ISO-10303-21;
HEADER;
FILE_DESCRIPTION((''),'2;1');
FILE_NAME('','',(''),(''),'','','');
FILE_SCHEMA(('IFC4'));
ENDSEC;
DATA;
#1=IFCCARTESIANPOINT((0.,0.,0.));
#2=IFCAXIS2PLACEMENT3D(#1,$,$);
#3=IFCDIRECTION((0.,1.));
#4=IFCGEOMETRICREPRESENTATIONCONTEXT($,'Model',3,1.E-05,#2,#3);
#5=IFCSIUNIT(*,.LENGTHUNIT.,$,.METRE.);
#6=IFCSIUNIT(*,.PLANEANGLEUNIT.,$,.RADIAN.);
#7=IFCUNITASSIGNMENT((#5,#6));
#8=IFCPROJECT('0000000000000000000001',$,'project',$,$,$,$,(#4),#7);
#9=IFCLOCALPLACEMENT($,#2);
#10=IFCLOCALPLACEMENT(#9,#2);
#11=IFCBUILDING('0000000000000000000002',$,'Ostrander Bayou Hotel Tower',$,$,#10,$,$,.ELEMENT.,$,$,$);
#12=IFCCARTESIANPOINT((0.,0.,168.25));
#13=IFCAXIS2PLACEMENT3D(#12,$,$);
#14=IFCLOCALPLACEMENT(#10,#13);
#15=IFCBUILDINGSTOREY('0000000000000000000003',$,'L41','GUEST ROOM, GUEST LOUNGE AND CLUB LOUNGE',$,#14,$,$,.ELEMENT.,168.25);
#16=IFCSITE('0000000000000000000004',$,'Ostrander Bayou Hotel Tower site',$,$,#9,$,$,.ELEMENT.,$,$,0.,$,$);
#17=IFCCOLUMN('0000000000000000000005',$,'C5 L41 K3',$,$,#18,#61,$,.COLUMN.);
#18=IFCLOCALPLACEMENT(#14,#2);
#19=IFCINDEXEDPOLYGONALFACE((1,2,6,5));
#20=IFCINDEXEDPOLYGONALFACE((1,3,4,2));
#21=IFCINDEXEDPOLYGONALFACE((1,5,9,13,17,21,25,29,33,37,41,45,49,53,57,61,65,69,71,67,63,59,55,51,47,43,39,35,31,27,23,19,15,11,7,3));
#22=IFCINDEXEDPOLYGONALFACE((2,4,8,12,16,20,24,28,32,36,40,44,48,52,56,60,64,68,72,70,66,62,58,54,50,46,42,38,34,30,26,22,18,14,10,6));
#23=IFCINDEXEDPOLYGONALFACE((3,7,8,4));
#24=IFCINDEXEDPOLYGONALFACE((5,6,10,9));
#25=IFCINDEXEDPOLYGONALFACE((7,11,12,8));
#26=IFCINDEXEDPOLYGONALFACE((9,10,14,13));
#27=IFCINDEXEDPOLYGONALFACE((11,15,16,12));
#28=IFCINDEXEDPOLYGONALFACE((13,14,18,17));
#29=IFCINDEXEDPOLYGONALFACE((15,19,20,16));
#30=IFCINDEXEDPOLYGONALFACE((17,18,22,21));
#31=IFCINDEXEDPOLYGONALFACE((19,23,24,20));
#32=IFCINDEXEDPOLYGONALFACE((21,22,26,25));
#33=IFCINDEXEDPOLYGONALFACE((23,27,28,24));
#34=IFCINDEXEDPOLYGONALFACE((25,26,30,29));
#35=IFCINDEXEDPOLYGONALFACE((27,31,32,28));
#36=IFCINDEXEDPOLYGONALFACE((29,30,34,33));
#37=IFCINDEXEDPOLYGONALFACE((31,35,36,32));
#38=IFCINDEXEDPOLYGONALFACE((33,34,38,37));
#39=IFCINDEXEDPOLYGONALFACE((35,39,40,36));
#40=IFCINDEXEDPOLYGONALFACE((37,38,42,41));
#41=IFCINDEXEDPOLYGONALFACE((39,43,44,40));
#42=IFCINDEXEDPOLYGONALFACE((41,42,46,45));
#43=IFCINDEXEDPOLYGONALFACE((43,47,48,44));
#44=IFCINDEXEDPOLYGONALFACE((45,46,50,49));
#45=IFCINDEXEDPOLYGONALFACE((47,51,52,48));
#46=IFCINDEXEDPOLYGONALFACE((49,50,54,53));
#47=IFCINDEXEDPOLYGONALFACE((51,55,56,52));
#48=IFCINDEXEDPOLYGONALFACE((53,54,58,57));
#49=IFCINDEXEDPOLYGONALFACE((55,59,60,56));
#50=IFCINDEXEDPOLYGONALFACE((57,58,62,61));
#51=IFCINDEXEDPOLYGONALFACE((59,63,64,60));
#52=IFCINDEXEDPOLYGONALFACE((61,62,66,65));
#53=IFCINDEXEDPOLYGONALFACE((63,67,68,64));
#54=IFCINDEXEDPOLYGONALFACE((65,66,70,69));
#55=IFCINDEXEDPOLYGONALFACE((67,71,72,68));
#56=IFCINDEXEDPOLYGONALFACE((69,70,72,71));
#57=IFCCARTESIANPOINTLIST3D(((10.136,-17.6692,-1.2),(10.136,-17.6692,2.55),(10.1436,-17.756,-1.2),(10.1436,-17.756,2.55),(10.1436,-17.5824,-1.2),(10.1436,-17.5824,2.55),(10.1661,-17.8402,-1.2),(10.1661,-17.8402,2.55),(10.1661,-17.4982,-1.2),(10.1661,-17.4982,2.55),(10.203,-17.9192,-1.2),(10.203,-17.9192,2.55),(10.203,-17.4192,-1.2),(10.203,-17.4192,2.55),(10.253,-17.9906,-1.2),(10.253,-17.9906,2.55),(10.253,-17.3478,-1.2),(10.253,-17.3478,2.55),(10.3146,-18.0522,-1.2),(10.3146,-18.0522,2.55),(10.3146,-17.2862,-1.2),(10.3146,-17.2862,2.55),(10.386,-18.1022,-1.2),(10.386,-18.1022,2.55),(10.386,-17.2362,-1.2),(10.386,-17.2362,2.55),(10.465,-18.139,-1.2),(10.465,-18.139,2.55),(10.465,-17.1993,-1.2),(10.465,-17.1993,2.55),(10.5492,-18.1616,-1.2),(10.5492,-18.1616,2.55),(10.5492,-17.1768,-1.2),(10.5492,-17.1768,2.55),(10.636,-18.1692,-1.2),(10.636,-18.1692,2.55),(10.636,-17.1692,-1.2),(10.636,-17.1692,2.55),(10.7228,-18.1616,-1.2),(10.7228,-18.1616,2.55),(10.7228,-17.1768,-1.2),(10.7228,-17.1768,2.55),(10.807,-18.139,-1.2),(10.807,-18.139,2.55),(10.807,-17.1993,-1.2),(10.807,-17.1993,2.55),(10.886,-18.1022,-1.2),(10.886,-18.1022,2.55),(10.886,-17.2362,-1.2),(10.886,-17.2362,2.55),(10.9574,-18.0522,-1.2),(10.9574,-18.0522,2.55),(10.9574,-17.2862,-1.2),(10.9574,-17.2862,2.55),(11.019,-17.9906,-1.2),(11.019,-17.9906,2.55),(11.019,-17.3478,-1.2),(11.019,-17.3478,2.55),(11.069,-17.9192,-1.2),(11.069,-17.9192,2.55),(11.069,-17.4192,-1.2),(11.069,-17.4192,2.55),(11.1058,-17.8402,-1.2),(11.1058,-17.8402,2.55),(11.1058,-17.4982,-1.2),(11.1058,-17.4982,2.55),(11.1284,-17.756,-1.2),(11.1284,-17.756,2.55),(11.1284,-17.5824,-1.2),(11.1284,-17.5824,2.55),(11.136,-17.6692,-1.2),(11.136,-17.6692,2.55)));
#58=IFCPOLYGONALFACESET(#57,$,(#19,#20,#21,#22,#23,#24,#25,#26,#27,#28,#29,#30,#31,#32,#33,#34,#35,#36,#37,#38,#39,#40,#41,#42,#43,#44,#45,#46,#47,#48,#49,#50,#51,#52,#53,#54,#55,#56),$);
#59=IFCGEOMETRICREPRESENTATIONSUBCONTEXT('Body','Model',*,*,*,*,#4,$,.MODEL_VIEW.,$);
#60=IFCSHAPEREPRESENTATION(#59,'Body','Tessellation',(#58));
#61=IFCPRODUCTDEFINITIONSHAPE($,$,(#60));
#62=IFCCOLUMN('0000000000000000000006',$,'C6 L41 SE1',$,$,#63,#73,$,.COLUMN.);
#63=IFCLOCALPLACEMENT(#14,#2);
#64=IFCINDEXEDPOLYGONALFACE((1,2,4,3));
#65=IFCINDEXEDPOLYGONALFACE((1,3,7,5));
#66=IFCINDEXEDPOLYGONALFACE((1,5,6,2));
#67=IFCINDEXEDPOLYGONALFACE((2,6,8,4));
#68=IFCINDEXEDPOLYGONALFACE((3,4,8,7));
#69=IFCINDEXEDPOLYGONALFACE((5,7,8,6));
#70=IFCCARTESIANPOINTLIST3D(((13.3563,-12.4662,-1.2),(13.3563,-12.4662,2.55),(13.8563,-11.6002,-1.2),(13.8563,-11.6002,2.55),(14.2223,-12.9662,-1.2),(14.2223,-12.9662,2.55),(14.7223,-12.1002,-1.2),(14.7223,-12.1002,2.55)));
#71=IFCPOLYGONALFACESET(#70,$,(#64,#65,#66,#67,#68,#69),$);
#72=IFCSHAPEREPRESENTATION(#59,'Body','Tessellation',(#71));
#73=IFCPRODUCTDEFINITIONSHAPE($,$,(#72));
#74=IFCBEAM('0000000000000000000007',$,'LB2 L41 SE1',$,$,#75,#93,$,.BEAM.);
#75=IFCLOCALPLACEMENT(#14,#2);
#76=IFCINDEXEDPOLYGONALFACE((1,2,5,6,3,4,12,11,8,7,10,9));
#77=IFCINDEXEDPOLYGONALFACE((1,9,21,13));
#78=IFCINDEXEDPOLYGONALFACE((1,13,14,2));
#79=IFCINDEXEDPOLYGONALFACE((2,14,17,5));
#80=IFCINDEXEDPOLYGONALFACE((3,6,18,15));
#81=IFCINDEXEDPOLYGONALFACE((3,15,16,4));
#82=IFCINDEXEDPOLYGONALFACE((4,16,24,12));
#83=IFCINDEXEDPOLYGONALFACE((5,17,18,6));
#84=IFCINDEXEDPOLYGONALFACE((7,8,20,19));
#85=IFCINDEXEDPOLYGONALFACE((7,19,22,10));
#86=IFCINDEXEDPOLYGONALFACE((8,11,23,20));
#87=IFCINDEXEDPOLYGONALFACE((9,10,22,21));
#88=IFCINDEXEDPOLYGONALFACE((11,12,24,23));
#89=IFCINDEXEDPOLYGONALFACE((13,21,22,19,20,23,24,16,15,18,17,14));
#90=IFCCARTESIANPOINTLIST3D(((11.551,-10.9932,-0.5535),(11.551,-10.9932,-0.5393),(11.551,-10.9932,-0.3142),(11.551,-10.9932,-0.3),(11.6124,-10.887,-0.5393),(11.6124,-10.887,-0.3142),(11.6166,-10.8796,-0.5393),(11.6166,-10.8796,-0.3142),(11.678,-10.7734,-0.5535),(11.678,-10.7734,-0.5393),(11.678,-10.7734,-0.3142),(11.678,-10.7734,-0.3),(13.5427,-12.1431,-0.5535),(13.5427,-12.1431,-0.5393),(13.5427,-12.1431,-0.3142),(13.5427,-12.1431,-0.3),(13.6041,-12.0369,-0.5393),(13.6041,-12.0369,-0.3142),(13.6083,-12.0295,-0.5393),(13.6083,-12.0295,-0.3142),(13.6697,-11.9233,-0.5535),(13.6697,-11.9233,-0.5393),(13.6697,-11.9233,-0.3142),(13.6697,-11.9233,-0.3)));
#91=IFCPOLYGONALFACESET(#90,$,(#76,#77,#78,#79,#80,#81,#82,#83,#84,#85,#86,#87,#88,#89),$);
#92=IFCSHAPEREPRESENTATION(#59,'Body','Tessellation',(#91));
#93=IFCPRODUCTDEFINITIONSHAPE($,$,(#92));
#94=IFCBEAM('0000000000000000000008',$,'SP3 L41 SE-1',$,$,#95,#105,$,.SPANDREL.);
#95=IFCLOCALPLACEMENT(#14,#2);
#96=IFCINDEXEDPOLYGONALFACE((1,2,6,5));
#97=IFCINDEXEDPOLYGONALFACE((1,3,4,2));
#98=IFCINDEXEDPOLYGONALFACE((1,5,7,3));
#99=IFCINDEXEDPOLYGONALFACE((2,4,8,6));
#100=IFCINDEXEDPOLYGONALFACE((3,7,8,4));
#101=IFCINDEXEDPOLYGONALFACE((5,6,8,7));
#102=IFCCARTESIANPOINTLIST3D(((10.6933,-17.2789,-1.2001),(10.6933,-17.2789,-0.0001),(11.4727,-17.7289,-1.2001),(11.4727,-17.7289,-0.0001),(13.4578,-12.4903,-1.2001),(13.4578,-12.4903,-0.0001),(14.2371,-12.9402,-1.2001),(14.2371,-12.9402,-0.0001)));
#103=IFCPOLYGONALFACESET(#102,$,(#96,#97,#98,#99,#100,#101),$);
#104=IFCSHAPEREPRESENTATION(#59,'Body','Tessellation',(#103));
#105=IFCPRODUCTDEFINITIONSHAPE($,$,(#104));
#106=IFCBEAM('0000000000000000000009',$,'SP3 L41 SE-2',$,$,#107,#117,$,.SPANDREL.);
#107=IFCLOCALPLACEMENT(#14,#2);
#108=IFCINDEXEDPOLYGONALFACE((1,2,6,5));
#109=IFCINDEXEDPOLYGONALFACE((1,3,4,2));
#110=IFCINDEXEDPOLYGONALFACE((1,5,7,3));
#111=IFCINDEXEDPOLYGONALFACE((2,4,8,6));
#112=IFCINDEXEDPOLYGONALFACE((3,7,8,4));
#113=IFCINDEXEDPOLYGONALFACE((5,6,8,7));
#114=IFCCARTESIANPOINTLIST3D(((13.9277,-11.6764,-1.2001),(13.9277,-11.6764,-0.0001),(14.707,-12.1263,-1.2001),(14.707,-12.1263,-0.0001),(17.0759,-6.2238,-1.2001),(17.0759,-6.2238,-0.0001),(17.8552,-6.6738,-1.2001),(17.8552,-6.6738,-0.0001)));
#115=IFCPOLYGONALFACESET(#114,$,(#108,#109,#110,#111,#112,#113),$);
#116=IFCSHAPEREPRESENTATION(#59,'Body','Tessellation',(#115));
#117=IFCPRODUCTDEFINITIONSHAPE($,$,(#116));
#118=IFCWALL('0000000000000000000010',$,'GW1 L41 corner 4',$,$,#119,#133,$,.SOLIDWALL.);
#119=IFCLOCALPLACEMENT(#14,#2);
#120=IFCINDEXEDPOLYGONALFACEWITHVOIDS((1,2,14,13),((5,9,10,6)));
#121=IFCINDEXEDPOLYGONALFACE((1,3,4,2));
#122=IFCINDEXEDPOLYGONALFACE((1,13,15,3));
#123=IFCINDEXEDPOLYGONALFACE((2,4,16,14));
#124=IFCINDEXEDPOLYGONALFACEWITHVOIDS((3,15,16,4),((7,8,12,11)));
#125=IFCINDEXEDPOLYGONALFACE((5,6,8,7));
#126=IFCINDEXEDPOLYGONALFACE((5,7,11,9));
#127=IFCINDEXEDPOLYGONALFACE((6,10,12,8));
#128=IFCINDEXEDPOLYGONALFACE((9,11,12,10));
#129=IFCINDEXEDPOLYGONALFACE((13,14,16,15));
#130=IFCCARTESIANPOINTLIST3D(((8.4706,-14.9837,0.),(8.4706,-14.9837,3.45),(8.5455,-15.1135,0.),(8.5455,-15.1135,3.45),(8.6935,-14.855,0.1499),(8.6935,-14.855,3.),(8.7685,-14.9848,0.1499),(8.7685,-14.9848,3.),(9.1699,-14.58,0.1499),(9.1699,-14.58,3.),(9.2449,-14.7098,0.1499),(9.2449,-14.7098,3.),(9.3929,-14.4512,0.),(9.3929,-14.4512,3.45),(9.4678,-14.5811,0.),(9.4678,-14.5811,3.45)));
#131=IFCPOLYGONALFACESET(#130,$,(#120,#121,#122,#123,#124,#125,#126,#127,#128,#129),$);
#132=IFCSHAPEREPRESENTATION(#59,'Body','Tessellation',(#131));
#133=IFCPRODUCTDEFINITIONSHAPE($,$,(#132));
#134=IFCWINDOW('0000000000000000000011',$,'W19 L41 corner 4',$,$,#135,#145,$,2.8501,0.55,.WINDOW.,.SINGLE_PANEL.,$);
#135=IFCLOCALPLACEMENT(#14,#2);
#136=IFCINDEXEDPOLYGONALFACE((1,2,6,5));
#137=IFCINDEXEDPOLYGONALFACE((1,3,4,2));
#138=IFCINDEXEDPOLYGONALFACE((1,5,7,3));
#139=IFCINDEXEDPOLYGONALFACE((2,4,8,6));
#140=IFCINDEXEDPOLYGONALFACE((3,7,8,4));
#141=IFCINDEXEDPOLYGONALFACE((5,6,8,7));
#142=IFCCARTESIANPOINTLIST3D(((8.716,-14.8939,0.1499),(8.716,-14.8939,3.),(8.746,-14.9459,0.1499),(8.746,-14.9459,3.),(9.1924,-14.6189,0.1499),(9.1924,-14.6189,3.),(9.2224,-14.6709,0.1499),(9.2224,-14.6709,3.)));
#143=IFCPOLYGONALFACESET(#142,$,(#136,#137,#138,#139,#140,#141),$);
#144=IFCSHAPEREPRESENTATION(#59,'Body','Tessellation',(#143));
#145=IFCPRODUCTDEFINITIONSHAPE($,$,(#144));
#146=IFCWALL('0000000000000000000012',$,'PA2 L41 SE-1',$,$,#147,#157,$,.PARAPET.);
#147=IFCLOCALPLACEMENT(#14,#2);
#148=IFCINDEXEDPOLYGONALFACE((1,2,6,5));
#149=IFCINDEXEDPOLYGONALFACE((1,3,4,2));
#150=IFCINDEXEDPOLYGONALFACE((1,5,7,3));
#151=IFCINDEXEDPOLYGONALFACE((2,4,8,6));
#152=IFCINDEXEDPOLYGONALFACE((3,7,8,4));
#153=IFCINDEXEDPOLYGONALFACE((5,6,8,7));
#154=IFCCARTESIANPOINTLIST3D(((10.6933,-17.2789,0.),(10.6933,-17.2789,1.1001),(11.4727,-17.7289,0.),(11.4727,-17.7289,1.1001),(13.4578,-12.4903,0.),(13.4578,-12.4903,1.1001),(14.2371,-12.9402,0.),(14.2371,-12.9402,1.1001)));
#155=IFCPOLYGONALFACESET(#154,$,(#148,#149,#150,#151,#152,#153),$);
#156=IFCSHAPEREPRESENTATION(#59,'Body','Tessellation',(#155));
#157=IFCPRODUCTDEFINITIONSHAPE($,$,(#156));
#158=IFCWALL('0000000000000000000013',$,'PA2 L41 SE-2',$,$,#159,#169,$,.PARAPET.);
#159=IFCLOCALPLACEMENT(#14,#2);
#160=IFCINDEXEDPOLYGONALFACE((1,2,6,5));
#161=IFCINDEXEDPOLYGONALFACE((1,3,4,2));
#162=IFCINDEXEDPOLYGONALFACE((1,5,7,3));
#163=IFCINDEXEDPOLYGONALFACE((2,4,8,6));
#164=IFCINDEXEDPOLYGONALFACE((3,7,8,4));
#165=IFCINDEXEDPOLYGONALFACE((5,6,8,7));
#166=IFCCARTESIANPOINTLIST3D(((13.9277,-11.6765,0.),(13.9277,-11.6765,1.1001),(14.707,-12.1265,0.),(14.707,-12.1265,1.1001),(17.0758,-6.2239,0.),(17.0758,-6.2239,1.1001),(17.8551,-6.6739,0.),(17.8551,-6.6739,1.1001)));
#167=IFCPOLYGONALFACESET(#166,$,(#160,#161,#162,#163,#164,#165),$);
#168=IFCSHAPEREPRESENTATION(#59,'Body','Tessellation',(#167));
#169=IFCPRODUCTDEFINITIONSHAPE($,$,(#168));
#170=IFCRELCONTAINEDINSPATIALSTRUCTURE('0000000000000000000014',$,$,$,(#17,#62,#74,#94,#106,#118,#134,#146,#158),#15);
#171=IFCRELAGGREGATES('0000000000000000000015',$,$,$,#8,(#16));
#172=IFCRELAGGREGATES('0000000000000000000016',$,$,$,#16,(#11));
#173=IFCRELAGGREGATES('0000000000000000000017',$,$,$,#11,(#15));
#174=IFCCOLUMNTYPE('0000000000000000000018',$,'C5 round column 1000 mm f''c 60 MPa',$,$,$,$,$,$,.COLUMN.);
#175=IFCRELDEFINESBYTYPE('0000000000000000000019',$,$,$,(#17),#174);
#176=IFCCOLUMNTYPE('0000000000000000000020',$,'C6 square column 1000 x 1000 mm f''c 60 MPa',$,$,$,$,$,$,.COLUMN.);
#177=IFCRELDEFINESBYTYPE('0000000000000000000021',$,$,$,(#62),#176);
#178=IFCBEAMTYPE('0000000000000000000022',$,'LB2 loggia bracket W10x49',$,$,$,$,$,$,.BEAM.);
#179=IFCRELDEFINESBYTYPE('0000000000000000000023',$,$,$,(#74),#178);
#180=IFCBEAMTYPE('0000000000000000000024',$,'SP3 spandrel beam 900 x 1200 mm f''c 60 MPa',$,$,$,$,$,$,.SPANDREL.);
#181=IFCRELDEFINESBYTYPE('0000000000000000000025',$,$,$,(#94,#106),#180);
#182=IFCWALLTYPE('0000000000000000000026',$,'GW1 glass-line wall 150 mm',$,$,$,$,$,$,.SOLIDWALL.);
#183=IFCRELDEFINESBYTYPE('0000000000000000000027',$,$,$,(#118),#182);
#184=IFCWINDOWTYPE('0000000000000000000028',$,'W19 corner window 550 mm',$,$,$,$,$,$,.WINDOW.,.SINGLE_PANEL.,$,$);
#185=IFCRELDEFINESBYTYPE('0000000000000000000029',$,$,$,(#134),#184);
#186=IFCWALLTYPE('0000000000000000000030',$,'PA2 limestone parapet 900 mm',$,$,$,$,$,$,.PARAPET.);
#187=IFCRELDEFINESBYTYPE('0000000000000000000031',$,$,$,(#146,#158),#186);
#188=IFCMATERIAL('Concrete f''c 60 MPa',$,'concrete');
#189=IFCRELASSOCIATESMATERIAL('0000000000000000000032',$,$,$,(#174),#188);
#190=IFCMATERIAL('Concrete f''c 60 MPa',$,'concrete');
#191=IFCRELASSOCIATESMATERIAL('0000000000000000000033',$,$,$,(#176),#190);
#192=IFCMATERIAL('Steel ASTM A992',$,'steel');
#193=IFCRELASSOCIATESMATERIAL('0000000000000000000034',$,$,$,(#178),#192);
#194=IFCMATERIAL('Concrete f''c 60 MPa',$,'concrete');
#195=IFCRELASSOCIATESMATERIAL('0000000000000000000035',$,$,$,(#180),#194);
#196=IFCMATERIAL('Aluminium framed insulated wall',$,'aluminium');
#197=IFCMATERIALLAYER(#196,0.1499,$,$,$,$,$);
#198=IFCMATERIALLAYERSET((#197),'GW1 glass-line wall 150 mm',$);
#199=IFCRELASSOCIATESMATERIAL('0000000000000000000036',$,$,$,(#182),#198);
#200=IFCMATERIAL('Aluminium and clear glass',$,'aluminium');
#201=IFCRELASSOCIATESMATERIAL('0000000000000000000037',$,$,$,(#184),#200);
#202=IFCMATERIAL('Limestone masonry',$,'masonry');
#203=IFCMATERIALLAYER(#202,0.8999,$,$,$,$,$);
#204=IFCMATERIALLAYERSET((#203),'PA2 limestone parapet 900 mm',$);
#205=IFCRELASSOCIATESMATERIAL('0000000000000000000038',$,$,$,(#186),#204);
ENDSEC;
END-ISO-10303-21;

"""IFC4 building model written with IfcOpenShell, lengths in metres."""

from ifc_helpers import new_model, si_unit, direction, frame, frame_2d, origin, origin_2d, place, context, subcontext, project, spatial, rectangle, circle, i_section, extrude, material, layer, layer_set, material_profile, profile_set, type_object, element, fill, save


model = new_model("IFC4")

# Units and contexts
model_context = context("Model", 3, precision=1e-05, world=origin(), true_north=direction((0.0, 1.0)))
body_context = subcontext(model_context, "Body", "Model", "MODEL_VIEW")
ifc_project = project(units=[si_unit("LENGTHUNIT", "METRE"), si_unit("PLANEANGLEUNIT", "RADIAN")], contexts=[model_context])

# Site, building, storey
site_placement = place(None, origin())
site = spatial("IfcSite", under=ifc_project, at=site_placement, Name="Ostrander Bayou Hotel Tower site", CompositionType="ELEMENT", RefElevation=0.0)
building_placement = place(site_placement, origin())
building = spatial("IfcBuilding", under=site, at=building_placement, Name="Ostrander Bayou Hotel Tower", CompositionType="ELEMENT")
storey_placement = place(building_placement, frame((0.0, 0.0, 168.25)))
storey = spatial("IfcBuildingStorey", under=building, at=storey_placement, Name="L41", Description="GUEST ROOM, GUEST LOUNGE AND CLUB LOUNGE", CompositionType="ELEMENT", Elevation=168.25)

# Columns
ifc_material_1 = material(Name="Concrete f'c 60 MPa", Category="concrete")
ifc_material_profile_1 = material_profile(ifc_material_1, circle(Radius=0.5, at=origin_2d()))
ifc_profile_set_1 = profile_set([ifc_material_profile_1], Name="Concrete f'c 60 MPa")
column_type_1 = type_object("IfcColumnType", Name="C5 round column 1000 mm f'c 60 MPa", PredefinedType="COLUMN", material=ifc_profile_set_1)
column_1_placement = place(storey_placement, frame((10.636, -17.6692, -1.2), z_axis=(0.0, 0.0, 1.0), x_axis=(1.0, 0.0, 0.0)))
element("IfcColumn", 1, at=column_1_placement, inside=storey, type_object=column_type_1, Name="C5 L41 K3", PredefinedType="COLUMN", context=body_context, shape_type="SweptSolid", body=[
    extrude(circle(Radius=0.5, at=origin_2d()), origin(), (0.0, 0.0, 1.0), 3.75),
])
ifc_material_2 = material(Name="Concrete f'c 60 MPa", Category="concrete")
ifc_material_profile_2 = material_profile(ifc_material_2, rectangle(XDim=1.0, YDim=1.0, at=origin_2d()))
ifc_profile_set_2 = profile_set([ifc_material_profile_2], Name="Concrete f'c 60 MPa")
column_type_2 = type_object("IfcColumnType", Name="C6 square column 1000 x 1000 mm f'c 60 MPa", PredefinedType="COLUMN", material=ifc_profile_set_2)
column_2_placement = place(storey_placement, frame((14.0393, -12.2832, -1.2), z_axis=(0.0, 0.0, 1.0), x_axis=(-0.5, -0.866025, 0.0)))
element("IfcColumn", 2, at=column_2_placement, inside=storey, type_object=column_type_2, Name="C6 L41 SE1", PredefinedType="COLUMN", context=body_context, shape_type="SweptSolid", body=[
    extrude(rectangle(XDim=1.0, YDim=1.0, at=origin_2d()), origin(), (0.0, 0.0, 1.0), 3.75),
])

# Beams
ifc_material_3 = material(Name="Steel ASTM A992", Category="steel")
ifc_material_profile_3 = material_profile(ifc_material_3, i_section(OverallWidth=0.2539, OverallDepth=0.2534, WebThickness=0.0085, FlangeThickness=0.0142, at=origin_2d()))
ifc_profile_set_3 = profile_set([ifc_material_profile_3], Name="Steel ASTM A992")
beam_type_1 = type_object("IfcBeamType", Name="LB2 loggia bracket W10x49", PredefinedType="BEAM", material=ifc_profile_set_3)
beam_1_placement = place(storey_placement, frame((13.6062, -12.0332, -0.4268), z_axis=(-0.866026, 0.499998, 0.0), x_axis=(-0.499998, -0.866026, 0.0)))
element("IfcBeam", 3, at=beam_1_placement, inside=storey, type_object=beam_type_1, Name="LB2 L41 SE1", PredefinedType="BEAM", context=body_context, shape_type="SweptSolid", body=[
    extrude(i_section(OverallWidth=0.2539, OverallDepth=0.2534, WebThickness=0.0085, FlangeThickness=0.0142, at=origin_2d()), origin(), (0.0, 0.0, 1.0), 2.2998),
])
ifc_material_4 = material(Name="Concrete f'c 60 MPa", Category="concrete")
ifc_material_profile_4 = material_profile(ifc_material_4, rectangle(XDim=0.8999, YDim=1.2, at=origin_2d()))
ifc_profile_set_4 = profile_set([ifc_material_profile_4], Name="Concrete f'c 60 MPa")
beam_type_2 = type_object("IfcBeamType", Name="SP3 spandrel beam 900 x 1200 mm f'c 60 MPa", PredefinedType="SPANDREL", material=ifc_profile_set_4)
beam_2_placement = place(storey_placement, frame((11.083, -17.5039, -0.6001), z_axis=(0.499962, 0.866047, 0.0), x_axis=(-0.866047, 0.499962, 0.0)))
element("IfcBeam", 4, at=beam_2_placement, inside=storey, type_object=beam_type_2, Name="SP3 L41 SE-1", PredefinedType="SPANDREL", context=body_context, shape_type="SweptSolid", body=[
    extrude(rectangle(XDim=0.8999, YDim=1.2, at=origin_2d()), origin(), (0.0, 0.0, 1.0), 5.5293),
])
beam_3_placement = place(storey_placement, frame((14.3174, -11.9014, -0.6001), z_axis=(0.500013, 0.866018, 0.0), x_axis=(-0.866018, 0.500013, 0.0)))
element("IfcBeam", 5, at=beam_3_placement, inside=storey, type_object=beam_type_2, Name="SP3 L41 SE-2", PredefinedType="SPANDREL", context=body_context, shape_type="SweptSolid", body=[
    extrude(rectangle(XDim=0.8999, YDim=1.2, at=origin_2d()), origin(), (0.0, 0.0, 1.0), 6.2961),
])

# Shared definitions
ifc_material_5 = material(Name="Aluminium framed insulated wall", Category="aluminium")
ifc_layer_1 = layer(ifc_material_5, 0.1499)
ifc_layer_set_1 = layer_set([ifc_layer_1], Name="GW1 glass-line wall 150 mm")
wall_type_1 = type_object("IfcWallType", Name="GW1 glass-line wall 150 mm", PredefinedType="SOLIDWALL", material=ifc_layer_set_1)

# Wall, opening, window
wall_1_placement = place(storey_placement, frame((8.5081, -15.0486, 0.0), z_axis=(0.0, 0.0, 1.0), x_axis=(0.866048, 0.499961, 0.0)))
wall_1 = element("IfcWall", 6, at=wall_1_placement, inside=storey, type_object=wall_type_1, Name="GW1 L41 corner 4", PredefinedType="SOLIDWALL", context=body_context, shape_type="SweptSolid", body=[
    extrude(rectangle(XDim=1.0649, YDim=0.1499, at=frame_2d((0.5325, 0.0))), origin(), (0.0, 0.0, 1.0), 3.45),
])
opening_1_placement = place(wall_1_placement, frame((0.2576, 0.0, 0.1499)))
opening_1 = element("IfcOpeningElement", 7, at=opening_1_placement, cuts=wall_1, PredefinedType="OPENING", context=body_context, shape_type="SweptSolid", body=[
    extrude(rectangle(XDim=0.55, YDim=2.8501, at=frame_2d((0.2749, 1.425))), frame((0.0, 0.075, 0.0), z_axis=(0.0, -1.0, 0.0), x_axis=(1.0, 0.0, 0.0)), (0.0, 0.0, 1.0), 0.1499),
])
ifc_material_6 = material(Name="Aluminium and clear glass", Category="aluminium")
window_type_1 = type_object("IfcWindowType", Name="W19 corner window 550 mm", PartitioningType="SINGLE_PANEL", PredefinedType="WINDOW", material=ifc_material_6)
window_1_placement = place(opening_1_placement, origin())
window_1 = element("IfcWindow", 8, at=window_1_placement, inside=storey, type_object=window_type_1, Name="W19 L41 corner 4", OverallHeight=2.8501, OverallWidth=0.55, PartitioningType="SINGLE_PANEL", PredefinedType="WINDOW", context=body_context, shape_type="SweptSolid", body=[
    extrude(rectangle(XDim=0.55, YDim=2.8501, at=frame_2d((0.2749, 1.425))), frame((0.0, 0.03, 0.0), z_axis=(0.0, -1.0, 0.0), x_axis=(1.0, 0.0, 0.0)), (0.0, 0.0, 1.0), 0.0601),
])
fill(opening_1, window_1)

# Walls
ifc_material_7 = material(Name="Limestone masonry", Category="masonry")
ifc_layer_2 = layer(ifc_material_7, 0.8999)
ifc_layer_set_2 = layer_set([ifc_layer_2], Name="PA2 limestone parapet 900 mm")
wall_type_2 = type_object("IfcWallType", Name="PA2 limestone parapet 900 mm", PredefinedType="PARAPET", material=ifc_layer_set_2)
wall_2_placement = place(storey_placement, frame((11.083, -17.5039, 0.0), z_axis=(0.0, 0.0, 1.0), x_axis=(0.499962, 0.866047, 0.0)))
element("IfcWall", 9, at=wall_2_placement, inside=storey, type_object=wall_type_2, Name="PA2 L41 SE-1", PredefinedType="PARAPET", context=body_context, shape_type="SweptSolid", body=[
    extrude(rectangle(XDim=5.5293, YDim=0.8999, at=frame_2d((2.7646, 0.0))), origin(), (0.0, 0.0, 1.0), 1.1001),
])
wall_3_placement = place(storey_placement, frame((14.3174, -11.9014, 0.0), z_axis=(0.0, 0.0, 1.0), x_axis=(0.500013, 0.866018, 0.0)))
element("IfcWall", 10, at=wall_3_placement, inside=storey, type_object=wall_type_2, Name="PA2 L41 SE-2", PredefinedType="PARAPET", context=body_context, shape_type="SweptSolid", body=[
    extrude(rectangle(XDim=6.2961, YDim=0.8999, at=frame_2d((3.1479, 0.0))), origin(), (0.0, 0.0, 1.0), 1.1001),
])

save(model, "model.ifc")
